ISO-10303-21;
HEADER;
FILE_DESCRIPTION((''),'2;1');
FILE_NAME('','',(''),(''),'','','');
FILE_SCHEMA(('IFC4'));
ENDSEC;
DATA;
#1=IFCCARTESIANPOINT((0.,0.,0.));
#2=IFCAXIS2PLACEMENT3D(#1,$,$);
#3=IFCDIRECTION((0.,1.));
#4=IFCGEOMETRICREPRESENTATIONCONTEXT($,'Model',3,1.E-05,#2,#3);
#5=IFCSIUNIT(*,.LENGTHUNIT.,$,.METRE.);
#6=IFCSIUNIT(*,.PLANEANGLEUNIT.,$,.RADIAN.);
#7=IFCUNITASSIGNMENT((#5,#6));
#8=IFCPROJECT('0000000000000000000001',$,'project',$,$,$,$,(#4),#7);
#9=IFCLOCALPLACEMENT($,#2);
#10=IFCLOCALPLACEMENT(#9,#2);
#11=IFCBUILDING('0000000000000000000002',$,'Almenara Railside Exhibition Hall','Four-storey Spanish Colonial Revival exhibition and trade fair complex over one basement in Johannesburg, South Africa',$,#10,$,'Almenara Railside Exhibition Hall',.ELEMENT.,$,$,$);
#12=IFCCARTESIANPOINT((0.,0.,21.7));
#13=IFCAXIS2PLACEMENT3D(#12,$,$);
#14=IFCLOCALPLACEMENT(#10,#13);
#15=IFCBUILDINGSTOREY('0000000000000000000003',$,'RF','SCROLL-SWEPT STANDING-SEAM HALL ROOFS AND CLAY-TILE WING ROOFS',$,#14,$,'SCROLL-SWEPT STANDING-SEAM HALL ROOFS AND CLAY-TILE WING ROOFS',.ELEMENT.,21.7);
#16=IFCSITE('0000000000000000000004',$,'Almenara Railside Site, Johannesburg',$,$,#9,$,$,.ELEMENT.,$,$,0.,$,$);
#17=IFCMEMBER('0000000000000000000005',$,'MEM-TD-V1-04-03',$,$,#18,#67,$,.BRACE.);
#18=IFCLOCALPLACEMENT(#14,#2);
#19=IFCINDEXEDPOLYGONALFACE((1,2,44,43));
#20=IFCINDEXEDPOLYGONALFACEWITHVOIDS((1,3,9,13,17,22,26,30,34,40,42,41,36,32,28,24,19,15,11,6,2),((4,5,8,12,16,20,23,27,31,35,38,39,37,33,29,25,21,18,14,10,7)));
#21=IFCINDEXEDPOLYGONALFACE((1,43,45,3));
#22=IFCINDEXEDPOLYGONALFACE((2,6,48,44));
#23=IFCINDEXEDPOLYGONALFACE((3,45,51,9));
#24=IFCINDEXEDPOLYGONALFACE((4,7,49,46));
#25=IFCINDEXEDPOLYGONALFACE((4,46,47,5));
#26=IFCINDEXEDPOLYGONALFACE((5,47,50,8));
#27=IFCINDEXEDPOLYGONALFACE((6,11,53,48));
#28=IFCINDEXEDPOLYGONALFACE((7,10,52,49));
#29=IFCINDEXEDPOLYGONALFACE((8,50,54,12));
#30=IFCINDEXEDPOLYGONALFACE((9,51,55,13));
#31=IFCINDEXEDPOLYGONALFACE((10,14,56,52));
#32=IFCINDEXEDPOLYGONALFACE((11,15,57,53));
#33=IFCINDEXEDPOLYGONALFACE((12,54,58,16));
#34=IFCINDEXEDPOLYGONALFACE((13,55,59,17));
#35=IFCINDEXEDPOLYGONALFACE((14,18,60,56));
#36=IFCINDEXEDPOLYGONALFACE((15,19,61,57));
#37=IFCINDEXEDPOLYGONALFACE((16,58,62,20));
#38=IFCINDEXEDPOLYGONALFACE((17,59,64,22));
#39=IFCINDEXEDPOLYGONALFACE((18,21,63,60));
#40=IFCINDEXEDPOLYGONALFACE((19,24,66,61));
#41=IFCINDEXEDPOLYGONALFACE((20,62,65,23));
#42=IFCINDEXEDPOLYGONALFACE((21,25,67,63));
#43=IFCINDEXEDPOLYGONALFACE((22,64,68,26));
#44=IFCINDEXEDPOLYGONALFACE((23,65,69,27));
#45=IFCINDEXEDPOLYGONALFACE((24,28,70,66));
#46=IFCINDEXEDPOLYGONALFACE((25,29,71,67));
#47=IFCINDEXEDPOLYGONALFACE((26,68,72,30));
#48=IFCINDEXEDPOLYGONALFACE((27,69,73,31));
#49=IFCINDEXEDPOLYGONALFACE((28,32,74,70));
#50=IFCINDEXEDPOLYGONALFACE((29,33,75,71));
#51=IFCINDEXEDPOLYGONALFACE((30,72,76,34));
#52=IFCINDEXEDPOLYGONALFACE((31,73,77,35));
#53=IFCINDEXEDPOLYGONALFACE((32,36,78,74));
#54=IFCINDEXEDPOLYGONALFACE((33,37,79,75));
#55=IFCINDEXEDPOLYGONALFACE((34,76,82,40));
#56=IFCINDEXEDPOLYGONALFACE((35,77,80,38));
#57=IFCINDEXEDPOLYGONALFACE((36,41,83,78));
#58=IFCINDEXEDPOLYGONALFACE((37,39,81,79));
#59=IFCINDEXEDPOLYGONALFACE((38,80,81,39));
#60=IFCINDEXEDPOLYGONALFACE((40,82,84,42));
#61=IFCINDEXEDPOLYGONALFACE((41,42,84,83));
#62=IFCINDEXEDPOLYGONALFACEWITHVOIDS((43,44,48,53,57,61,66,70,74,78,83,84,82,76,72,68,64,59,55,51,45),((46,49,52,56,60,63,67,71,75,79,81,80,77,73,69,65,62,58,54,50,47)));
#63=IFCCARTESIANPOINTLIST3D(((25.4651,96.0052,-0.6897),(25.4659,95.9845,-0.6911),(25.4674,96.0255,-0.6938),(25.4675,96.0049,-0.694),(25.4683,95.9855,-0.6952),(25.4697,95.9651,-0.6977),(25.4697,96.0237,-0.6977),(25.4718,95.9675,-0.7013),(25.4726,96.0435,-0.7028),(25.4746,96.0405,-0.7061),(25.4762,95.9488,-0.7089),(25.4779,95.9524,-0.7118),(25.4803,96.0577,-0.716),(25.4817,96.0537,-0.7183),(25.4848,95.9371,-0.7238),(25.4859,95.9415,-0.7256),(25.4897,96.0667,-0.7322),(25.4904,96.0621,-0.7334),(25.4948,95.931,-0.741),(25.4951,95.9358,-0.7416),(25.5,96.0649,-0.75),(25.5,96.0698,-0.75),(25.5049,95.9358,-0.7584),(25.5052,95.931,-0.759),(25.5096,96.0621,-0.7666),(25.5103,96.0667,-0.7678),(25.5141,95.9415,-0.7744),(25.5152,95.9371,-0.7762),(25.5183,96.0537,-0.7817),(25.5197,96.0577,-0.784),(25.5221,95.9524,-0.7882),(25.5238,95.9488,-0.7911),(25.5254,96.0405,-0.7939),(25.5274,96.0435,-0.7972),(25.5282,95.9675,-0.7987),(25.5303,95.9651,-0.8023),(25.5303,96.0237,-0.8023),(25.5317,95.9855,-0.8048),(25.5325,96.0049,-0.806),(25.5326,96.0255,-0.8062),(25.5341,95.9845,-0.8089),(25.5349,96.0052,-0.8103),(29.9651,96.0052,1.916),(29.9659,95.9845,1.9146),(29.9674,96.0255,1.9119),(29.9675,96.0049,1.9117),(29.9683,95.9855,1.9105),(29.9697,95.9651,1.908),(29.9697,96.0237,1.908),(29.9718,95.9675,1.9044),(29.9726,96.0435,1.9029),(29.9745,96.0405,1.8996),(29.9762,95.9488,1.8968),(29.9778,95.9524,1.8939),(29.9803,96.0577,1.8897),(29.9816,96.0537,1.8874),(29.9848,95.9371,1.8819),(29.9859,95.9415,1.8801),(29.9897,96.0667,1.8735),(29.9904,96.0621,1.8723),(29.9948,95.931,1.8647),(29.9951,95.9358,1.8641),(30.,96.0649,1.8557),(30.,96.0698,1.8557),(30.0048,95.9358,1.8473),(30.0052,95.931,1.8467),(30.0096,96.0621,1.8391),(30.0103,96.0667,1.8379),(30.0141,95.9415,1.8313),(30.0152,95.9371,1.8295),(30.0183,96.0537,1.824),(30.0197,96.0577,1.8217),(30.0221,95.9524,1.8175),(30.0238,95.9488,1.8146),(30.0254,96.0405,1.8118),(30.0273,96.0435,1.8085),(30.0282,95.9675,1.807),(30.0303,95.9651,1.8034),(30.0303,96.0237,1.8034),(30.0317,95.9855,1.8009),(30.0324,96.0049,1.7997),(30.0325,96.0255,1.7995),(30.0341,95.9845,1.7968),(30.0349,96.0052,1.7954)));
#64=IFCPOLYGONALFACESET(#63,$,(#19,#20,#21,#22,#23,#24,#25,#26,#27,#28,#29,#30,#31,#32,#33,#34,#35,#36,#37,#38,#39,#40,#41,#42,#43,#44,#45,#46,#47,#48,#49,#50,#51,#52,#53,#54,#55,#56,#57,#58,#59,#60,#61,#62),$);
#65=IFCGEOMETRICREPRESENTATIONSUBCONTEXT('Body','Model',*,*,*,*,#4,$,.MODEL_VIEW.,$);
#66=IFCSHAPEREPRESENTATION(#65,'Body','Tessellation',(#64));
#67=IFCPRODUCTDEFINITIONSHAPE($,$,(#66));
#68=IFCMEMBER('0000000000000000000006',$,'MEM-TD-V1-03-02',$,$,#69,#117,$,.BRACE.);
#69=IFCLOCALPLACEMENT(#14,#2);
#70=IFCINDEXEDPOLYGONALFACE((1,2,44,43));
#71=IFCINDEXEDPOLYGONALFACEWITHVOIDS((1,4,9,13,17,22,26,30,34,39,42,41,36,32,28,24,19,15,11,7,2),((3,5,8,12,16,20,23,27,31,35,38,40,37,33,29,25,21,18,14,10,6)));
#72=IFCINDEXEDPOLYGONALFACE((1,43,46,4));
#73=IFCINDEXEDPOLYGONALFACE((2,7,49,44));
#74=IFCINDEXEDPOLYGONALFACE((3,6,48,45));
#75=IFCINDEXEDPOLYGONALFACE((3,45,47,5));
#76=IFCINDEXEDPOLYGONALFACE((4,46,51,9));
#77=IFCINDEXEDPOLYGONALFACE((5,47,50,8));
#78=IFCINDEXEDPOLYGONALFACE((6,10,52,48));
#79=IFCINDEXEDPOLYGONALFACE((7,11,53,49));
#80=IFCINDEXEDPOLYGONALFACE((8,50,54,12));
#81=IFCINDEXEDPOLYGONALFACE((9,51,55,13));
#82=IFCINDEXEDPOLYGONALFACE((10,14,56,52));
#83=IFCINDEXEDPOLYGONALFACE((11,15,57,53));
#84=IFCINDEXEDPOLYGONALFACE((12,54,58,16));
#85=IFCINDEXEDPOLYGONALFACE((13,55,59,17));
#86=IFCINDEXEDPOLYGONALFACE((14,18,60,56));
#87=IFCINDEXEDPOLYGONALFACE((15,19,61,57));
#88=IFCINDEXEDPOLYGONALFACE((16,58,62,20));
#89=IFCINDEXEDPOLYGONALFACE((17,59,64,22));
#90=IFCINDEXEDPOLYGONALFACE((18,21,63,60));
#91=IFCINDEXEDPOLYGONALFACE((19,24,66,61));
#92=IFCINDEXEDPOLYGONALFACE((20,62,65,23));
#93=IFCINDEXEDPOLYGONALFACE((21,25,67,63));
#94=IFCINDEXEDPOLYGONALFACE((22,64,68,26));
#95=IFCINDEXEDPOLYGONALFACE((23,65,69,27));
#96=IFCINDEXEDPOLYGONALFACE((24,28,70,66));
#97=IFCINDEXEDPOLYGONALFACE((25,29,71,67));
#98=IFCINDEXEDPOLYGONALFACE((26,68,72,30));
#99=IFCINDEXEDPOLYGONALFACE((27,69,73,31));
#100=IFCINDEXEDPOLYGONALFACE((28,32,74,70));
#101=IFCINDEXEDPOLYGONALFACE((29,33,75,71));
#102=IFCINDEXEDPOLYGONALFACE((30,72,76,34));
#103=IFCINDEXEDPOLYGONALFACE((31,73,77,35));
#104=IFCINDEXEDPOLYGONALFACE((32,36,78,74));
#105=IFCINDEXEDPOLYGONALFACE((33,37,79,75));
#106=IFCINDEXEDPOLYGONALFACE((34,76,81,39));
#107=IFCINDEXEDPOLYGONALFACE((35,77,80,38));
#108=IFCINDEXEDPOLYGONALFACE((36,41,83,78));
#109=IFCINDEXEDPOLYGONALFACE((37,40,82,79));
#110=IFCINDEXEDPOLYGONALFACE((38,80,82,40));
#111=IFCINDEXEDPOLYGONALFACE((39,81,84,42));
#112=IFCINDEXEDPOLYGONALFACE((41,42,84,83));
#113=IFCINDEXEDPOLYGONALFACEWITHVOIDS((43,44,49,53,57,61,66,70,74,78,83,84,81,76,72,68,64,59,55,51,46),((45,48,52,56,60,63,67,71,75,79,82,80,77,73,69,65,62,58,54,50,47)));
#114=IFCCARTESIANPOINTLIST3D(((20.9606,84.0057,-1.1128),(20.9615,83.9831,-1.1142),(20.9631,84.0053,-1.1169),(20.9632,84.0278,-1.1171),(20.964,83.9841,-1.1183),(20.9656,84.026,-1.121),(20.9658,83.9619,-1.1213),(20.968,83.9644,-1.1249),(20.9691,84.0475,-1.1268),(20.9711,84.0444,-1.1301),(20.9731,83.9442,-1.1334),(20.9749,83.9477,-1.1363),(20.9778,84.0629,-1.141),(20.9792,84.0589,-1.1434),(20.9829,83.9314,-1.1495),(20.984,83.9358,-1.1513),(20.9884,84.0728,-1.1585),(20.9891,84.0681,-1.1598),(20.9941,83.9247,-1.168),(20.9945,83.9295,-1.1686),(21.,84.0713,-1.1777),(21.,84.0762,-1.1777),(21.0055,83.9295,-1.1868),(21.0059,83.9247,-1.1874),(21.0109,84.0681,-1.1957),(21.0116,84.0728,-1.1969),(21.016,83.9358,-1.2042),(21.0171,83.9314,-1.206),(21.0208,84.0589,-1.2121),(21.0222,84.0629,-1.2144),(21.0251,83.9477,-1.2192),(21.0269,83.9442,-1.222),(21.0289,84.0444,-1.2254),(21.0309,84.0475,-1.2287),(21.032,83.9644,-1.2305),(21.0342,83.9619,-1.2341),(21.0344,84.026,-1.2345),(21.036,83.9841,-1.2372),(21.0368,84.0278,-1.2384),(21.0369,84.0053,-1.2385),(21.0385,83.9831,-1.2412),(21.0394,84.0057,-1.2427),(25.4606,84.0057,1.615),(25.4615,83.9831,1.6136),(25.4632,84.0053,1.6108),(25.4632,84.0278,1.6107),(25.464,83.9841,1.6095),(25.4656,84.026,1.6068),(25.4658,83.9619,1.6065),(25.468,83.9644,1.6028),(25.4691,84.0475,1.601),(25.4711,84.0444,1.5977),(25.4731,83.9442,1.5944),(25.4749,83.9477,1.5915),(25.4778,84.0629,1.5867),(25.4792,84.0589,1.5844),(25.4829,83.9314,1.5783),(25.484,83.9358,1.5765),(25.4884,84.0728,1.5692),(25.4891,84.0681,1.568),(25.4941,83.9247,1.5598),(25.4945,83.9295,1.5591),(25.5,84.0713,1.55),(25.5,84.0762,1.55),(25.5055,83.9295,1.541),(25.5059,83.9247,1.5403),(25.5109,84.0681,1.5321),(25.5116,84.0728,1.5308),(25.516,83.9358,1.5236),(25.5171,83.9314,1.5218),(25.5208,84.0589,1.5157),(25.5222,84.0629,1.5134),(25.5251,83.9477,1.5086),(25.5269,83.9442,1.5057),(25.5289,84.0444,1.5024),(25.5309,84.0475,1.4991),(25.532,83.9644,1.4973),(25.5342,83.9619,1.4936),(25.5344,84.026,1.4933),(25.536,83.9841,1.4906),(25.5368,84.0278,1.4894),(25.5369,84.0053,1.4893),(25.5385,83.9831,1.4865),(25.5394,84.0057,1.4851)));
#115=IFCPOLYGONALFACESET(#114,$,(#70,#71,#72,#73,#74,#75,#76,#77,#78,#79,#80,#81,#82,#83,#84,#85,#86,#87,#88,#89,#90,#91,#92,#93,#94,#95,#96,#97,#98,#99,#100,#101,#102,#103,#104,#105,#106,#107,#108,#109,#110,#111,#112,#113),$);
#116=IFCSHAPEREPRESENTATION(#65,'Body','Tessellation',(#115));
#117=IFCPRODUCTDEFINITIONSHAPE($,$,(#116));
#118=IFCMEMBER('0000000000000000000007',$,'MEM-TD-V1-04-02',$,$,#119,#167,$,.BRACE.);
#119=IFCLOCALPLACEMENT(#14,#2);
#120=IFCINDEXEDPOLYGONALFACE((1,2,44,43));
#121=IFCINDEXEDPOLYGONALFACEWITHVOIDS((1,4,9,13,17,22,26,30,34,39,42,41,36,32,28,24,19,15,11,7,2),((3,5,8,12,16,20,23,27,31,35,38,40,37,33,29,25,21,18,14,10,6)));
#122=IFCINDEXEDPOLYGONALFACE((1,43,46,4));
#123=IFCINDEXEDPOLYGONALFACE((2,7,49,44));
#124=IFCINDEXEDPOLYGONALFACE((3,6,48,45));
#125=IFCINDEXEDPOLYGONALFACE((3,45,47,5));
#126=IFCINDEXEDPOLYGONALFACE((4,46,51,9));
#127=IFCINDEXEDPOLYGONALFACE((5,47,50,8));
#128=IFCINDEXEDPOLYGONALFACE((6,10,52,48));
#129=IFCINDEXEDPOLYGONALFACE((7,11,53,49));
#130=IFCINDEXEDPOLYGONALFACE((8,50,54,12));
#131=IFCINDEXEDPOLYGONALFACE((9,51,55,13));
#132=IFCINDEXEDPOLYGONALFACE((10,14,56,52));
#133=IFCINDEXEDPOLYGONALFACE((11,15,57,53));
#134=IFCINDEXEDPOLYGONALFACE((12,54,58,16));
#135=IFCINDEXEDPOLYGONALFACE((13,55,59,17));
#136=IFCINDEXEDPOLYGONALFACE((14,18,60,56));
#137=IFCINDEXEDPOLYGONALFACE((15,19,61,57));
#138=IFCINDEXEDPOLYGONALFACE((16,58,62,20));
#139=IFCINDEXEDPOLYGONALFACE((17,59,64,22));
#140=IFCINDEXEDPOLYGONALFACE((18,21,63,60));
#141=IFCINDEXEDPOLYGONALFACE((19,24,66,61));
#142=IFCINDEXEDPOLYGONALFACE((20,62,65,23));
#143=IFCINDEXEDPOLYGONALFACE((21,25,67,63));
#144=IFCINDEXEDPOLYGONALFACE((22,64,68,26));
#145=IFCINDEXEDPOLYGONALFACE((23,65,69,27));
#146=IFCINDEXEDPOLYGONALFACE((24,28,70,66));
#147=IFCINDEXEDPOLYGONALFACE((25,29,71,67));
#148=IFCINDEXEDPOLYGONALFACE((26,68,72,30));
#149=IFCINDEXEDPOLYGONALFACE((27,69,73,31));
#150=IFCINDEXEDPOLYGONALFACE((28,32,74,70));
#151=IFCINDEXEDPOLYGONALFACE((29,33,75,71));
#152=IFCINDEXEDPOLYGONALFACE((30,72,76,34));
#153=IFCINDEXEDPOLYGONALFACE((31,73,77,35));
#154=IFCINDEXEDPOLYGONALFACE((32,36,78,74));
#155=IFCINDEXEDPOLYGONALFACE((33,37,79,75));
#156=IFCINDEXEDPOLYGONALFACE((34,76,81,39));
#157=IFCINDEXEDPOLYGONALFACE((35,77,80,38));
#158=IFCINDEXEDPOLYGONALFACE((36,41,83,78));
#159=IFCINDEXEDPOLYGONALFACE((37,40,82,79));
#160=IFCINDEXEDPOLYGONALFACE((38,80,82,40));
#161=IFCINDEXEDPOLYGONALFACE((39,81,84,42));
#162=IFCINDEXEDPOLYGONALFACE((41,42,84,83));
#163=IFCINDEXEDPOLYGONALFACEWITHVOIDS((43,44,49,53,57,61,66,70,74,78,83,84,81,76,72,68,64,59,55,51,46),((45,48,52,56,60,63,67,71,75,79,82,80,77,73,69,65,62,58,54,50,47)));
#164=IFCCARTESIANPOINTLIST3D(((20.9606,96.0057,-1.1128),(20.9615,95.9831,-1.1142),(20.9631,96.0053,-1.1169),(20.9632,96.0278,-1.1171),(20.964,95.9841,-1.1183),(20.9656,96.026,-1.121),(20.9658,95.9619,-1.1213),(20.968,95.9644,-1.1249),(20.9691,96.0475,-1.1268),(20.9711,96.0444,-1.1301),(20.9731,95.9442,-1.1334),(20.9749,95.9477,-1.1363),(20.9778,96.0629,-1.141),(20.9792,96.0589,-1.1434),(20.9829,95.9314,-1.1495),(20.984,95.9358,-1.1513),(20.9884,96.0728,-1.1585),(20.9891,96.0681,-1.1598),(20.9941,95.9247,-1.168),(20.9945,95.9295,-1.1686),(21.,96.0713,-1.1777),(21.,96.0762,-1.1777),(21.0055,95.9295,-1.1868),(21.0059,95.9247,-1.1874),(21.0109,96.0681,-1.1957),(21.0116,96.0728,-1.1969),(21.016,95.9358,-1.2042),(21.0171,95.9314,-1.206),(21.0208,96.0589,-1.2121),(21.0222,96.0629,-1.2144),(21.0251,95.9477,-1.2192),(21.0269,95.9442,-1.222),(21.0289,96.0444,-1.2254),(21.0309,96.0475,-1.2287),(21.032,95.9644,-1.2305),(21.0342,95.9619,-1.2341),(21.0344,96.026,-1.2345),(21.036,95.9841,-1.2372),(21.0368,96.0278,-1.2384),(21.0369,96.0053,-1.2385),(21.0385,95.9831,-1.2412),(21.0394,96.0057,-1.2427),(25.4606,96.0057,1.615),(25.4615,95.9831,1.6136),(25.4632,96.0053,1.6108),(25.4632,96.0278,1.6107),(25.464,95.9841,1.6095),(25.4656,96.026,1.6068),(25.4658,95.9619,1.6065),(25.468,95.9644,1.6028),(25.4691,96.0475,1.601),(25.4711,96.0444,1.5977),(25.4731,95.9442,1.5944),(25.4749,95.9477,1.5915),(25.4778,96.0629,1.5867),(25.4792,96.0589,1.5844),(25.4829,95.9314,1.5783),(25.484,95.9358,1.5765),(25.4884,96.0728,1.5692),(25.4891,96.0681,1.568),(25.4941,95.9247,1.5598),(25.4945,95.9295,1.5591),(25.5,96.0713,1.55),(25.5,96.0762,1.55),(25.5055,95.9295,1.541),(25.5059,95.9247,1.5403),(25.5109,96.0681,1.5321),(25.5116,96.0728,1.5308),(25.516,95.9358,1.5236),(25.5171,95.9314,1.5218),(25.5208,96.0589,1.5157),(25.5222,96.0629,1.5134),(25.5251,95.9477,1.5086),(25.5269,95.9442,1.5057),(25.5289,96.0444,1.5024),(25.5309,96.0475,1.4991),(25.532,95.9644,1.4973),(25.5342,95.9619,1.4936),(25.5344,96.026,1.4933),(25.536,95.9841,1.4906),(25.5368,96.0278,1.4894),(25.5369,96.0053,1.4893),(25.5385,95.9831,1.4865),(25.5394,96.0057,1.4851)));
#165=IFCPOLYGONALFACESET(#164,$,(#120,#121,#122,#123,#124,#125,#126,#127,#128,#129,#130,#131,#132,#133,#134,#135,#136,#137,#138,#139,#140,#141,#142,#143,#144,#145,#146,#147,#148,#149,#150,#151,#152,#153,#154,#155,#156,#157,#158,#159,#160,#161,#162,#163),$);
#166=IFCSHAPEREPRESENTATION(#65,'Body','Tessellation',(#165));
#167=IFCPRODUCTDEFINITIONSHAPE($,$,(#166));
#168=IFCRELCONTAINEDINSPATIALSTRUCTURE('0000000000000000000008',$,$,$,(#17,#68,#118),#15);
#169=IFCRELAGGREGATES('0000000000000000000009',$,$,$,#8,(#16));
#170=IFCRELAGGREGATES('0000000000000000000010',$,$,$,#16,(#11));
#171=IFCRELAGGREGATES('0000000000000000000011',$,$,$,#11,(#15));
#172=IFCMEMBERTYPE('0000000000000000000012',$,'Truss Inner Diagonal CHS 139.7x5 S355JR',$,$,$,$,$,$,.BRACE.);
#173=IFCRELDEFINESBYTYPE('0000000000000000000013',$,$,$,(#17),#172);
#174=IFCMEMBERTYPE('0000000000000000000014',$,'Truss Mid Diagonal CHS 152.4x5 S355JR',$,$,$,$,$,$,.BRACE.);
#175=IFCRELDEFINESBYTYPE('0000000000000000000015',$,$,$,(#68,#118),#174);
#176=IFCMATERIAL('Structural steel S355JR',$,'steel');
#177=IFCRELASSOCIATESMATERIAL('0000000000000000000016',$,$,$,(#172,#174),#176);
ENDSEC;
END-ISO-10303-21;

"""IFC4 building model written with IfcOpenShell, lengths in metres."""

from ifc_helpers import new_model, si_unit, direction, frame, origin, origin_2d, place, context, subcontext, project, spatial, hollow_circle, extrude, material, material_profile, profile_set, type_object, element, save


model = new_model("IFC4")

# Units and contexts
model_context = context("Model", 3, precision=1e-05, world=origin(), true_north=direction((0.0, 1.0)))
body_context = subcontext(model_context, "Body", "Model", "MODEL_VIEW")
ifc_project = project(units=[si_unit("LENGTHUNIT", "METRE"), si_unit("PLANEANGLEUNIT", "RADIAN")], contexts=[model_context])

# Site, building, storey
site_placement = place(None, origin())
site = spatial("IfcSite", under=ifc_project, at=site_placement, Name="Almenara Railside Site, Johannesburg", CompositionType="ELEMENT", RefElevation=0.0)
building_placement = place(site_placement, origin())
building = spatial("IfcBuilding", under=site, at=building_placement, Name="Almenara Railside Exhibition Hall", Description="Four-storey Spanish Colonial Revival exhibition and trade fair complex over one basement in Johannesburg, South Africa", LongName="Almenara Railside Exhibition Hall", CompositionType="ELEMENT")
storey_placement = place(building_placement, frame((0.0, 0.0, 21.7)))
storey = spatial("IfcBuildingStorey", under=building, at=storey_placement, Name="RF", Description="SCROLL-SWEPT STANDING-SEAM HALL ROOFS AND CLAY-TILE WING ROOFS", LongName="SCROLL-SWEPT STANDING-SEAM HALL ROOFS AND CLAY-TILE WING ROOFS", CompositionType="ELEMENT", Elevation=21.7)

# Members
ifc_material_1 = material(Name="Structural steel S355JR", Category="steel")
ifc_material_profile_1 = material_profile(ifc_material_1, hollow_circle(Radius=0.0698, WallThickness=0.0049, at=origin_2d()), Name="CHS 139.7x5")
ifc_profile_set_1 = profile_set([ifc_material_profile_1], Name="Structural steel S355JR")
member_type_1 = type_object("IfcMemberType", Name="Truss Inner Diagonal CHS 139.7x5 S355JR", PredefinedType="BRACE", material=ifc_profile_set_1)
member_1_placement = place(storey_placement, frame((25.5, 96.0, -0.75), z_axis=(0.865389, 0.0, 0.501101), x_axis=(0.0, 1.0, 0.0)))
element("IfcMember", 1, at=member_1_placement, inside=storey, type_object=member_type_1, Name="MEM-TD-V1-04-03", PredefinedType="BRACE", context=body_context, shape_type="SweptSolid", body=[
    extrude(hollow_circle(Radius=0.0698, WallThickness=0.0049, at=origin_2d()), origin(), (0.0, 0.0, 1.0), 5.2),
])
ifc_material_profile_2 = material_profile(ifc_material_1, hollow_circle(Radius=0.0762, WallThickness=0.0049, at=origin_2d()), Name="CHS 152.4x5")
ifc_profile_set_2 = profile_set([ifc_material_profile_2], Name="Structural steel S355JR")
member_type_2 = type_object("IfcMemberType", Name="Truss Mid Diagonal CHS 152.4x5 S355JR", PredefinedType="BRACE", material=ifc_profile_set_2)
for number, where, z_axis, x_axis, name in (
    (2, (21.0, 84.0, -1.1777), (0.855155, 0.0, 0.518373), (0.0, 1.0, 0.0), "MEM-TD-V1-03-02"),
    (3, (21.0, 96.0, -1.1777), (0.855155, 0.0, 0.518373), (0.0, 1.0, 0.0), "MEM-TD-V1-04-02"),
):
    element("IfcMember", number, at=place(storey_placement, frame(where, z_axis=z_axis, x_axis=x_axis)), inside=storey, type_object=member_type_2, Name=name, PredefinedType="BRACE", context=body_context, shape_type="SweptSolid", body=[
        extrude(hollow_circle(Radius=0.0762, WallThickness=0.0049, at=origin_2d()), origin(), (0.0, 0.0, 1.0), 5.2622),
    ])

save(model, "model.ifc")
